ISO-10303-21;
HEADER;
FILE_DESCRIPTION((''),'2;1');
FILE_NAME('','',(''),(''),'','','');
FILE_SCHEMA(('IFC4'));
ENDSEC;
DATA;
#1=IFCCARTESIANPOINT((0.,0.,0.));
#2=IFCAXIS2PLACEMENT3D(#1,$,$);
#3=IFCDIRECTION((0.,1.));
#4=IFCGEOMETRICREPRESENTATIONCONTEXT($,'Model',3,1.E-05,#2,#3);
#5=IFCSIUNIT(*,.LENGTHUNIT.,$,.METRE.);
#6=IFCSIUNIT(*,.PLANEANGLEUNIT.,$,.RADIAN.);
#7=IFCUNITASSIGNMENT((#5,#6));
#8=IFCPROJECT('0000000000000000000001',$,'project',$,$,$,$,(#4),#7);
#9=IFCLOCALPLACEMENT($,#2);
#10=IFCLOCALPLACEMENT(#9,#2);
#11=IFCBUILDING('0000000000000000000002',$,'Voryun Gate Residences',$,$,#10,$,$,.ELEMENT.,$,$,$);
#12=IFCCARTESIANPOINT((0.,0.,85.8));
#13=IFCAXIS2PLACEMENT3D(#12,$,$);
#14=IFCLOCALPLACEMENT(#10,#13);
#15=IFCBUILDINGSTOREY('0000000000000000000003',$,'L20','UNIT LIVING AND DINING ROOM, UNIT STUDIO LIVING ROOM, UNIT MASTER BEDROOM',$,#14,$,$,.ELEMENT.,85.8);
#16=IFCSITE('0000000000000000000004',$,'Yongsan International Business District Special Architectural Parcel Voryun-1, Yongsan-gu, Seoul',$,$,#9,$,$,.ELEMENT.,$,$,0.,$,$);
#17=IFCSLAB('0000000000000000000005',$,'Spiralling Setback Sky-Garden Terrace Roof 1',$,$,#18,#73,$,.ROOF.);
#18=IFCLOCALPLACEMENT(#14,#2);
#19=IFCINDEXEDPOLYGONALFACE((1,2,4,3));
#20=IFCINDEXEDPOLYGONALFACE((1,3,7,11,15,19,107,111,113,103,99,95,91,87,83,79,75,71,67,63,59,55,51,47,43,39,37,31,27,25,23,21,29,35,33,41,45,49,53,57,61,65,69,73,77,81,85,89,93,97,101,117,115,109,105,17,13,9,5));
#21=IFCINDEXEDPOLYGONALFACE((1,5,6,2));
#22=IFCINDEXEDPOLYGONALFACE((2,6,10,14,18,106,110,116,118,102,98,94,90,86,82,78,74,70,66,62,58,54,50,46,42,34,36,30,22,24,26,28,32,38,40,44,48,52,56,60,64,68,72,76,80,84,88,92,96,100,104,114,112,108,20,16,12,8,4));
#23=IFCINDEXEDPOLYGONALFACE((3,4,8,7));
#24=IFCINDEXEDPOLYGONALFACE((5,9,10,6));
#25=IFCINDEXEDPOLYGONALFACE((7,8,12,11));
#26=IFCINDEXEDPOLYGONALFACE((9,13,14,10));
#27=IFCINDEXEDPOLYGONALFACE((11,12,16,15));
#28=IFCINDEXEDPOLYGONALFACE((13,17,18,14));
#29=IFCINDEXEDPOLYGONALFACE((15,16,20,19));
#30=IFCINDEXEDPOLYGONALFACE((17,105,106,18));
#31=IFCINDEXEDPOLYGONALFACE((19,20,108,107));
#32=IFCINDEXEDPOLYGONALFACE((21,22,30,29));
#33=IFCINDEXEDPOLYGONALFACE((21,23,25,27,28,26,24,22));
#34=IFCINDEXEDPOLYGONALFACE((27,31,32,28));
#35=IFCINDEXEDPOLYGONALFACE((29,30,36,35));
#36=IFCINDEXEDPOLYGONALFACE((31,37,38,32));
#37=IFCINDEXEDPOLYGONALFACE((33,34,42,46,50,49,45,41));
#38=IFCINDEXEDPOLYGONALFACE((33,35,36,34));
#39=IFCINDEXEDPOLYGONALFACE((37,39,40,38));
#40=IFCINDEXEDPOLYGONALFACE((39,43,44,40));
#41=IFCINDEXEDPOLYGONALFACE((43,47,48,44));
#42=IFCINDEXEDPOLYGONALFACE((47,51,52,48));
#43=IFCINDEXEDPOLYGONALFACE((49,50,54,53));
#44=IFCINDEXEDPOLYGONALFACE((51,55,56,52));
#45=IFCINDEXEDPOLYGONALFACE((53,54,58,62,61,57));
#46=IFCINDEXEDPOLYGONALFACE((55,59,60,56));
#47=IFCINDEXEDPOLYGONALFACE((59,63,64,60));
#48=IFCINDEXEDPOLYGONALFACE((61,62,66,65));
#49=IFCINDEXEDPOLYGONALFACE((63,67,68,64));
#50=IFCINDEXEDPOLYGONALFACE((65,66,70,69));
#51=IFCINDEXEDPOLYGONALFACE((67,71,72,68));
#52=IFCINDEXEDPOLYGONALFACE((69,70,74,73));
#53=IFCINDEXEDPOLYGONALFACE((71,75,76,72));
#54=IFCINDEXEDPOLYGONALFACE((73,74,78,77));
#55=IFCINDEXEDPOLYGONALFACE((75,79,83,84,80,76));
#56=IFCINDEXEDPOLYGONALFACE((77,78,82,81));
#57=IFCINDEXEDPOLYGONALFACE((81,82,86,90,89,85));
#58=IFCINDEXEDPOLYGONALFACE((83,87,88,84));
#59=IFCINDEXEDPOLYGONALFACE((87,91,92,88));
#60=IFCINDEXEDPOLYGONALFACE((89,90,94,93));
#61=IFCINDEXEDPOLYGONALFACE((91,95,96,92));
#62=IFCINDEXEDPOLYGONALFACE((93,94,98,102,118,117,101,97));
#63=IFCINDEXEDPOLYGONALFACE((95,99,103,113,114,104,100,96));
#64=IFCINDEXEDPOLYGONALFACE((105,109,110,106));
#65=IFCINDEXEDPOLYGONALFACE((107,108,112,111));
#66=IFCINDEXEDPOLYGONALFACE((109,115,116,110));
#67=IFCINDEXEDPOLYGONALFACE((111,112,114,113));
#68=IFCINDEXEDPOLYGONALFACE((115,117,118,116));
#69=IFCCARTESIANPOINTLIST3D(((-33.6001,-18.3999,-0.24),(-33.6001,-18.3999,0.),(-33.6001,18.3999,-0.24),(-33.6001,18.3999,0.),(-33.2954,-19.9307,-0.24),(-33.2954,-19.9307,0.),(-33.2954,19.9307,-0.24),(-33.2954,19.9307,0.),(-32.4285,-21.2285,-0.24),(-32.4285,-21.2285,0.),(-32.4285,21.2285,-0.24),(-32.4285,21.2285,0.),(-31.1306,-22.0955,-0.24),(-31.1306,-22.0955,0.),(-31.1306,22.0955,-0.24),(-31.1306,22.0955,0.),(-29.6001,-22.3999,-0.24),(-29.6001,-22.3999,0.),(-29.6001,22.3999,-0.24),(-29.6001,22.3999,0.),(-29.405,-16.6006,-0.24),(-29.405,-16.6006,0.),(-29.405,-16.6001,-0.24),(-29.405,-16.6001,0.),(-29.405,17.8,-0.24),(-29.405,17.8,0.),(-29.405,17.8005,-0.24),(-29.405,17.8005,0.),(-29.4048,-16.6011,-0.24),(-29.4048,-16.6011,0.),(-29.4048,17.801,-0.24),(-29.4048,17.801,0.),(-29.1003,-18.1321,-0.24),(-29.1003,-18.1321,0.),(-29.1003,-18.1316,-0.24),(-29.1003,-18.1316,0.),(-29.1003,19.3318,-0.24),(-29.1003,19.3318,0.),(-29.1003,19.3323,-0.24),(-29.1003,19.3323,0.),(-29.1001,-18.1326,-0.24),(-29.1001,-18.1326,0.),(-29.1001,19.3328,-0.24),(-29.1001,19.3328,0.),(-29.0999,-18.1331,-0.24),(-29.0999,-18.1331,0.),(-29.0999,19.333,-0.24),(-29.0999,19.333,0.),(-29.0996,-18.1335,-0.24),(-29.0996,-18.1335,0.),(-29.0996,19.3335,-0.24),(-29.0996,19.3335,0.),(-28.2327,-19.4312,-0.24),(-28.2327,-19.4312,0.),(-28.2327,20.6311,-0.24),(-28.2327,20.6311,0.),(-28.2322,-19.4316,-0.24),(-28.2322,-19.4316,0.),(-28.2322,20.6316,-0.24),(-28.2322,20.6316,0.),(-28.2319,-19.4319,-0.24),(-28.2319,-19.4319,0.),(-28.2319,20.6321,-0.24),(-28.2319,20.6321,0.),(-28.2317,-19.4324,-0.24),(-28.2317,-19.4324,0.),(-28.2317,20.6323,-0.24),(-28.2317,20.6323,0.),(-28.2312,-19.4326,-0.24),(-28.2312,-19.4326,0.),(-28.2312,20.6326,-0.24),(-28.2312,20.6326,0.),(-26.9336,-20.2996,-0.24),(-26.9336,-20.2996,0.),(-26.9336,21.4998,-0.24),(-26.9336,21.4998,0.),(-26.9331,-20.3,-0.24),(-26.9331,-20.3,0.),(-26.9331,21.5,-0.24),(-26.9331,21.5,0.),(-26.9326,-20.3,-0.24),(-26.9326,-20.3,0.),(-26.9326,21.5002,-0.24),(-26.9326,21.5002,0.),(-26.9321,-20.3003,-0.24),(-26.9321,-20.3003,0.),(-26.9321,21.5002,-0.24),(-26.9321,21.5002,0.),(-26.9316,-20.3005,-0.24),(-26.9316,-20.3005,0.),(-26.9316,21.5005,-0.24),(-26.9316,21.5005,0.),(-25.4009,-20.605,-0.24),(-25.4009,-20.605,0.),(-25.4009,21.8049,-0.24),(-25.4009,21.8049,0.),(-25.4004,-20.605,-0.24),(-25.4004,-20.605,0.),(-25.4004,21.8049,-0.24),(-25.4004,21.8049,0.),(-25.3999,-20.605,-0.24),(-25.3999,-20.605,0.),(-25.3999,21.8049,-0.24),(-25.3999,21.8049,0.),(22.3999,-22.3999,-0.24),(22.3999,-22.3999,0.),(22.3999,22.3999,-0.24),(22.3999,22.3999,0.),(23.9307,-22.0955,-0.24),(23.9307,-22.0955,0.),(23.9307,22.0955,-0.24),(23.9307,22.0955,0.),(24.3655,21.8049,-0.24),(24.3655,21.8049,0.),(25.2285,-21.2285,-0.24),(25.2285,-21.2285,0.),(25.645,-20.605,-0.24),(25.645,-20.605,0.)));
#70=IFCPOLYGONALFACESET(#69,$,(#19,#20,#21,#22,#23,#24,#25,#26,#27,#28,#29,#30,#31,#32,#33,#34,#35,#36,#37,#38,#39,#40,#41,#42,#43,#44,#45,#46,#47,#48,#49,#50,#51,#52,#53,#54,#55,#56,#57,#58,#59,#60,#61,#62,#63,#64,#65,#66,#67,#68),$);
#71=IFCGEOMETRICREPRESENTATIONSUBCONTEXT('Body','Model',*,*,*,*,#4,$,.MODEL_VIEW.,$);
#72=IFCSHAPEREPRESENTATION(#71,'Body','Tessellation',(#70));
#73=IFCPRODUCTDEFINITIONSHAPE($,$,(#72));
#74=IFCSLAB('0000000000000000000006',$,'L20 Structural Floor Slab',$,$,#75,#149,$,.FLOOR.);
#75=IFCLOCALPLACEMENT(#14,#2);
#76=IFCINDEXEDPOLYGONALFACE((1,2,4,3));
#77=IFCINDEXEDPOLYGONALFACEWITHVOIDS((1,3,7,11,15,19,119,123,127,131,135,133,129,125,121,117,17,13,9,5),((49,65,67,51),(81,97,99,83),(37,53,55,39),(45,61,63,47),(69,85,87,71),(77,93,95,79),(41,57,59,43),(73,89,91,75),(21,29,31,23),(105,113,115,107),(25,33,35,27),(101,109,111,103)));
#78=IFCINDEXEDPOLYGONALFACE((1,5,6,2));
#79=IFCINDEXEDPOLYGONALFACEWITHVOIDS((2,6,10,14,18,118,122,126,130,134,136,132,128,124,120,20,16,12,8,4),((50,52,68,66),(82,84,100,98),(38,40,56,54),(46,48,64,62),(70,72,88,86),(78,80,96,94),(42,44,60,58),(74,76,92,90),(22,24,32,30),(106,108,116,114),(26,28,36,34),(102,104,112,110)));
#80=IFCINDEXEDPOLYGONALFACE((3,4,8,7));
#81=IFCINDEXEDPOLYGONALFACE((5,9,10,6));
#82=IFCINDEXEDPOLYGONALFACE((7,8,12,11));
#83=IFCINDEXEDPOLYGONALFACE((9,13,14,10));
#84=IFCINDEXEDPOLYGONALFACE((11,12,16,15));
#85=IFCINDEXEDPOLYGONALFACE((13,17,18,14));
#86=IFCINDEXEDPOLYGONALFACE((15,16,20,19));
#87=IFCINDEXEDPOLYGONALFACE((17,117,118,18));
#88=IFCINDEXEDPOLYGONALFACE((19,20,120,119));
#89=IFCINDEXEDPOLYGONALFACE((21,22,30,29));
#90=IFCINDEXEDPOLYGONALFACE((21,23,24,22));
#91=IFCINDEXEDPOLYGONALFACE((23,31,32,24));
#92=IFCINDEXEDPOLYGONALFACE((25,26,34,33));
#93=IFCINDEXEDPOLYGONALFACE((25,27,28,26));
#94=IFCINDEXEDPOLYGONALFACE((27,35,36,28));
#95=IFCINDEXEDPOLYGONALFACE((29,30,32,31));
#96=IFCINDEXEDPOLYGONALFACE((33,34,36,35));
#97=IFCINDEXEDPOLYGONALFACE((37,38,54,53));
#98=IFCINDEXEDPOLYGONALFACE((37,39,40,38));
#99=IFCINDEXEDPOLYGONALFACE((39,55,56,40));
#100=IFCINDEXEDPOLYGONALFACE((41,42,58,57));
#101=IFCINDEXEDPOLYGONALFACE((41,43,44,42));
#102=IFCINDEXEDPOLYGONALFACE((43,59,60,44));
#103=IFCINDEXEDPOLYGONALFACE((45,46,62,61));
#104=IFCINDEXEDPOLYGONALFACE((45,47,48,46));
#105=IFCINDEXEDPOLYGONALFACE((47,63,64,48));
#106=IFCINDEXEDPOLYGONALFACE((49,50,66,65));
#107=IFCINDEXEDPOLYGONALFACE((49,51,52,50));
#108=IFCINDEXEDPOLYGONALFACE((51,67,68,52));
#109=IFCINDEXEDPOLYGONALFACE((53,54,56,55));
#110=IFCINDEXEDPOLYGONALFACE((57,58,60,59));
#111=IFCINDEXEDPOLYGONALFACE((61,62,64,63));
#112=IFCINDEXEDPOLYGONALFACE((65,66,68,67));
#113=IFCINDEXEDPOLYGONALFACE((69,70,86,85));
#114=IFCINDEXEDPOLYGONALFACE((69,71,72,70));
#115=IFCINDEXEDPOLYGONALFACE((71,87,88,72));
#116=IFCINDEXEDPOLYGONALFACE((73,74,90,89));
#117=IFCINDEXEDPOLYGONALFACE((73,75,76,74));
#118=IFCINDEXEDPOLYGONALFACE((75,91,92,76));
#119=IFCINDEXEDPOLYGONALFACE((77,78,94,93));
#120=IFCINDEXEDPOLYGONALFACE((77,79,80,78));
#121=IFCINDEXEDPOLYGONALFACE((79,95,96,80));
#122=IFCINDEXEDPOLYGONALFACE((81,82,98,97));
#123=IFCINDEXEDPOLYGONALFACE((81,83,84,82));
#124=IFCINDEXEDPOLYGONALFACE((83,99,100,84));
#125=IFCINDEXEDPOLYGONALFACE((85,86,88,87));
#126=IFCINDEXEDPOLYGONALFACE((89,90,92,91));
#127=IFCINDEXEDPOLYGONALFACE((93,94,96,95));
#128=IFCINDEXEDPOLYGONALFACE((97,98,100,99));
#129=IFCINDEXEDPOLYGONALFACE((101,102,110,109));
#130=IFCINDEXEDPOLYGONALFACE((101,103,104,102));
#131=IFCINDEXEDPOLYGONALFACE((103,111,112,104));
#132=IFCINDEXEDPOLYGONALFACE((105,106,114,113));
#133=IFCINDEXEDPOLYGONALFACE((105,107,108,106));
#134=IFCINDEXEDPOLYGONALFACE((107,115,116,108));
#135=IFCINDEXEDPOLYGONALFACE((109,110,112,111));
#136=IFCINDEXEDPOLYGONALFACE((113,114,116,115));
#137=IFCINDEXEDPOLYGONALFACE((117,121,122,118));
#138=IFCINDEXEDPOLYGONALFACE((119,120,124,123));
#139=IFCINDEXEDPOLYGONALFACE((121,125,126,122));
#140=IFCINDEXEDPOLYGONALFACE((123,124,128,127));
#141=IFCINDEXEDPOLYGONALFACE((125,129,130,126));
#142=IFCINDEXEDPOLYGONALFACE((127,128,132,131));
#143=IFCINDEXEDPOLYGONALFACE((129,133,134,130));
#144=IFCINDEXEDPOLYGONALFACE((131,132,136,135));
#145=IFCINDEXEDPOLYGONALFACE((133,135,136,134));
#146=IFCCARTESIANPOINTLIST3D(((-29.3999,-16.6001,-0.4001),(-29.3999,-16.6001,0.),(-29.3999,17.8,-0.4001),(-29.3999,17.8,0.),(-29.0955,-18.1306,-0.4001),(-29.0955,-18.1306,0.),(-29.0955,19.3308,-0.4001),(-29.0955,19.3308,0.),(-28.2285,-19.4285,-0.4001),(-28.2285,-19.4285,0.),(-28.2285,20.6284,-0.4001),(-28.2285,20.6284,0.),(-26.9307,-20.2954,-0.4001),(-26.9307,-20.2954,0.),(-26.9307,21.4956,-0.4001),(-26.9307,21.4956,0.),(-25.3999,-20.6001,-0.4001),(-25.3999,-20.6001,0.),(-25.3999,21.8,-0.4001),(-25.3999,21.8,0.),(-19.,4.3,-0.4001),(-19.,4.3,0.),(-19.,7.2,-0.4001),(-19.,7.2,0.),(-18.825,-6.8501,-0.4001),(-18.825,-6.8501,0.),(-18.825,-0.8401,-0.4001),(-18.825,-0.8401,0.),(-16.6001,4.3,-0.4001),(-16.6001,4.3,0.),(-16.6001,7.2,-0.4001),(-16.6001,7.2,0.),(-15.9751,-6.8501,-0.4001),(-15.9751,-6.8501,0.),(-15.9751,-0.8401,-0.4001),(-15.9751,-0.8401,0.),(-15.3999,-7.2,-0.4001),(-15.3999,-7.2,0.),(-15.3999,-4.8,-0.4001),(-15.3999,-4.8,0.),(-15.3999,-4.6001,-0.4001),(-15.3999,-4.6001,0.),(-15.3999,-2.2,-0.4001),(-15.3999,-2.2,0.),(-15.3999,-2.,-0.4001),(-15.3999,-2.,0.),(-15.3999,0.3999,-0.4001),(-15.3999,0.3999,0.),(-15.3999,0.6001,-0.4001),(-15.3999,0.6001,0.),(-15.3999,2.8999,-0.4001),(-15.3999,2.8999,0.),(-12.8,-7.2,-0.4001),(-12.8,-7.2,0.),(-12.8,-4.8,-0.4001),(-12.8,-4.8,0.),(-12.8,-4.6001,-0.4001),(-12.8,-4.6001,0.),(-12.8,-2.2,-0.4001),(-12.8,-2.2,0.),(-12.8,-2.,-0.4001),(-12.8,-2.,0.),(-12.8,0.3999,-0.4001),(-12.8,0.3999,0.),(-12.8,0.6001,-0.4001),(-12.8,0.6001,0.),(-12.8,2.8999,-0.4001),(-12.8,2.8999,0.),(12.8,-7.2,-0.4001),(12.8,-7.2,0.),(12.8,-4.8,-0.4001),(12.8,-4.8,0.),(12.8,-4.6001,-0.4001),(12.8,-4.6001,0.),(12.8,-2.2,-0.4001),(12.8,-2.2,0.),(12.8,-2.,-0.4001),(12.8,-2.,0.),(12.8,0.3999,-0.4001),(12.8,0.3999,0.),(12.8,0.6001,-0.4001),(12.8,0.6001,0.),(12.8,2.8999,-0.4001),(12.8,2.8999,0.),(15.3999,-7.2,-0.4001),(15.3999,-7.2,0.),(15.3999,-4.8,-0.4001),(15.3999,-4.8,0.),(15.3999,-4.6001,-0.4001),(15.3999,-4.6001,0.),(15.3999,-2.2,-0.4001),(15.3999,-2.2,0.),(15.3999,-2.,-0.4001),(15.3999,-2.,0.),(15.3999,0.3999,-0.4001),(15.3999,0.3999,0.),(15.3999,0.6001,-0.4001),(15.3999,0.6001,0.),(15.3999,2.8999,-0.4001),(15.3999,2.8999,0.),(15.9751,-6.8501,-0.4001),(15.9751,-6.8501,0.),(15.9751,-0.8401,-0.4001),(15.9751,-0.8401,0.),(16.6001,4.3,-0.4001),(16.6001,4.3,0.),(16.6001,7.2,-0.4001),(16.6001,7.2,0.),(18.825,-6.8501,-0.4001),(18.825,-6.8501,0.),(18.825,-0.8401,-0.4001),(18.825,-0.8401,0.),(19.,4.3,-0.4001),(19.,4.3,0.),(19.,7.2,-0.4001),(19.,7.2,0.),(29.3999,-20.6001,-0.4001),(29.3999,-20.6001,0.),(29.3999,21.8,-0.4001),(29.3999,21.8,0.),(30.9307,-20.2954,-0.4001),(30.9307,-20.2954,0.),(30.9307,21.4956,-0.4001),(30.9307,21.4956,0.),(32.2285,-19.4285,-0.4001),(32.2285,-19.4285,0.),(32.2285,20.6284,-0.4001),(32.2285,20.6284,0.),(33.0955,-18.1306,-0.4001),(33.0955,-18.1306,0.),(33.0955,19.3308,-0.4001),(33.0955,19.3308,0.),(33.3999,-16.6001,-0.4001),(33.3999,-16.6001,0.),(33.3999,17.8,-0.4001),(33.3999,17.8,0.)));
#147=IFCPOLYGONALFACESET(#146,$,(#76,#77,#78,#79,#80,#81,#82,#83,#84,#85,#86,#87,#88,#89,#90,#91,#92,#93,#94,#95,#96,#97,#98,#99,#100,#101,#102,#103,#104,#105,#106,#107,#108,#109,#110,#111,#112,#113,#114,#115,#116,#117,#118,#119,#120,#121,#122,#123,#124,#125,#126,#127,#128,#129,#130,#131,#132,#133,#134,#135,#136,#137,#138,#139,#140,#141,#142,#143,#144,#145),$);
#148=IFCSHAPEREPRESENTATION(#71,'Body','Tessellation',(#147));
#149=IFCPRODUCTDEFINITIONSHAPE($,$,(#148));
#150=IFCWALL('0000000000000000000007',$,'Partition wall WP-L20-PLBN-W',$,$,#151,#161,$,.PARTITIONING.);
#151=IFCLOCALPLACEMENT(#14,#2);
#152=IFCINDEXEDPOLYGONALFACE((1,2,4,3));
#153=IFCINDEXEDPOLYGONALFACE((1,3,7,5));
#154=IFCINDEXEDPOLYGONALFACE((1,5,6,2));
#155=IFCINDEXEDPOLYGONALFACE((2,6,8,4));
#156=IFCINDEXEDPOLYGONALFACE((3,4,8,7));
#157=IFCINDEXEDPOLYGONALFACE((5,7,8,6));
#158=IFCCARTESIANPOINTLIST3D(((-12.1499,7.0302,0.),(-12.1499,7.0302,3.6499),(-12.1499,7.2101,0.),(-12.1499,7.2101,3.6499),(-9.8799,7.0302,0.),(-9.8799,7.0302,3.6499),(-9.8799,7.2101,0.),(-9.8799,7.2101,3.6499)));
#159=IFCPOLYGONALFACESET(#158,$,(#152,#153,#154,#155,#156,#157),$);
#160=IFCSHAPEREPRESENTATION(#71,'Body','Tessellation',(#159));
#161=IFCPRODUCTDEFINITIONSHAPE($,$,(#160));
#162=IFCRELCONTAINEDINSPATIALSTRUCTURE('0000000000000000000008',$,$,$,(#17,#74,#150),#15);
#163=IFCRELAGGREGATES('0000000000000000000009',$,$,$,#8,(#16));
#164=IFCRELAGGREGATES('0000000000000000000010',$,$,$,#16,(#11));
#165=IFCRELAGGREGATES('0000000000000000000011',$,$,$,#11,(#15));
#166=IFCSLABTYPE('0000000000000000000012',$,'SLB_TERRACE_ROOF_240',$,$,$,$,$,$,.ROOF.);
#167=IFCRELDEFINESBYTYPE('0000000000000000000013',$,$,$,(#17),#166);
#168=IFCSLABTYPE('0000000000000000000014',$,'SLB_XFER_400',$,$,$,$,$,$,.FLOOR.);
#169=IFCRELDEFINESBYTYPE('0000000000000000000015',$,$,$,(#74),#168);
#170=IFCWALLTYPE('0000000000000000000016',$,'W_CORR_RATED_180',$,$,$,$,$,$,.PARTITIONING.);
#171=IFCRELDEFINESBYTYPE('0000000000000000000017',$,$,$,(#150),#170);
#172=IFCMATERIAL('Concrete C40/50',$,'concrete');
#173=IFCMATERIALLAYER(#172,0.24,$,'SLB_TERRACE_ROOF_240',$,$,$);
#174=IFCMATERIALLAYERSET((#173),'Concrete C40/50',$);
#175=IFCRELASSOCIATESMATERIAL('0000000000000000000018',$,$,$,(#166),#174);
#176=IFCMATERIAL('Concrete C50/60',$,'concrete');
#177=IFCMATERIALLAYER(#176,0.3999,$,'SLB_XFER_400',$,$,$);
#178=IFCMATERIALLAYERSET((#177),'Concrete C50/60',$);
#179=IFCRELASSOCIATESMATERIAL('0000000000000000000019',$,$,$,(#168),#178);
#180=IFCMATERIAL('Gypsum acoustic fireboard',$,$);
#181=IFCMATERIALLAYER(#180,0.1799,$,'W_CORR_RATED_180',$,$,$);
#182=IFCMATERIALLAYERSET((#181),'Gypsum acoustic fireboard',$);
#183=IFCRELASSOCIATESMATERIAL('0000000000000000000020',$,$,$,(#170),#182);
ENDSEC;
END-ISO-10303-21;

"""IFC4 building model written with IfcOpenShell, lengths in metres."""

from ifc_helpers import new_model, si_unit, direction, frame, frame_2d, origin, place, context, subcontext, project, spatial, polyline, rectangle, outline, extrude, material, layer, layer_set, type_object, element, save


model = new_model("IFC4")

# Units and contexts
model_context = context("Model", 3, precision=1e-05, world=origin(), true_north=direction((0.0, 1.0)))
body_context = subcontext(model_context, "Body", "Model", "MODEL_VIEW")
ifc_project = project(units=[si_unit("LENGTHUNIT", "METRE"), si_unit("PLANEANGLEUNIT", "RADIAN")], contexts=[model_context])

# Site, building, storey
site_placement = place(None, origin())
site = spatial("IfcSite", under=ifc_project, at=site_placement, Name="Yongsan International Business District Special Architectural Parcel Voryun-1, Yongsan-gu, Seoul", CompositionType="ELEMENT", RefElevation=0.0)
building_placement = place(site_placement, origin())
building = spatial("IfcBuilding", under=site, at=building_placement, Name="Voryun Gate Residences", CompositionType="ELEMENT")
storey_placement = place(building_placement, frame((0.0, 0.0, 85.8)))
storey = spatial("IfcBuildingStorey", under=building, at=storey_placement, Name="L20", Description="UNIT LIVING AND DINING ROOM, UNIT STUDIO LIVING ROOM, UNIT MASTER BEDROOM", CompositionType="ELEMENT", Elevation=85.8)

# Slabs
ifc_material_1 = material(Name="Concrete C40/50", Category="concrete")
ifc_layer_1 = layer(ifc_material_1, 0.24, Name="SLB_TERRACE_ROOF_240")
ifc_layer_set_1 = layer_set([ifc_layer_1], Name="Concrete C40/50")
slab_type_1 = type_object("IfcSlabType", Name="SLB_TERRACE_ROOF_240", PredefinedType="ROOF", material=ifc_layer_set_1)
slab_1_placement = place(storey_placement, frame((0.0, 0.0, -0.24)))
element("IfcSlab", 1, at=slab_1_placement, inside=storey, type_object=slab_type_1, Name="Spiralling Setback Sky-Garden Terrace Roof 1", PredefinedType="ROOF", context=body_context, shape_type="SweptSolid", body=[
    extrude(outline(polyline([(25.2285, -21.2285), (23.9307, -22.0955), (22.3999, -22.3999), (-29.6001, -22.3999), (-31.1306, -22.0955), (-32.4285, -21.2285), (-33.2954, -19.9307), (-33.6001, -18.3999), (-33.6001, 18.3999), (-33.2954, 19.9307), (-32.4285, 21.2285), (-31.1306, 22.0955), (-29.6001, 22.3999), (22.3999, 22.3999), (23.9307, 22.0955), (24.3655, 21.8049), (-25.3999, 21.8049), (-25.4004, 21.8049), (-25.4009, 21.8049), (-26.9316, 21.5005), (-26.9321, 21.5002), (-26.9326, 21.5002), (-26.9331, 21.5), (-26.9336, 21.4998), (-28.2312, 20.6326), (-28.2317, 20.6323), (-28.2319, 20.6321), (-28.2322, 20.6316), (-28.2327, 20.6311), (-29.0996, 19.3335), (-29.0999, 19.333), (-29.1001, 19.3328), (-29.1003, 19.3323), (-29.1003, 19.3318), (-29.4048, 17.801), (-29.405, 17.8005), (-29.405, 17.8), (-29.405, -16.6001), (-29.405, -16.6006), (-29.4048, -16.6011), (-29.1003, -18.1316), (-29.1003, -18.1321), (-29.1001, -18.1326), (-29.0999, -18.1331), (-29.0996, -18.1335), (-28.2327, -19.4312), (-28.2322, -19.4316), (-28.2319, -19.4319), (-28.2317, -19.4324), (-28.2312, -19.4326), (-26.9336, -20.2996), (-26.9331, -20.3), (-26.9326, -20.3), (-26.9321, -20.3003), (-26.9316, -20.3005), (-25.4009, -20.605), (-25.4004, -20.605), (-25.3999, -20.605), (25.645, -20.605), (25.2285, -21.2285)])), origin(), (0.0, 0.0, 1.0), 0.24),
])
ifc_material_2 = material(Name="Concrete C50/60", Category="concrete")
ifc_layer_2 = layer(ifc_material_2, 0.3999, Name="SLB_XFER_400")
ifc_layer_set_2 = layer_set([ifc_layer_2], Name="Concrete C50/60")
slab_type_2 = type_object("IfcSlabType", Name="SLB_XFER_400", PredefinedType="FLOOR", material=ifc_layer_set_2)
slab_2_placement = place(storey_placement, frame((0.0, 0.0, -0.4001)))
element("IfcSlab", 2, at=slab_2_placement, inside=storey, type_object=slab_type_2, Name="L20 Structural Floor Slab", PredefinedType="FLOOR", context=body_context, shape_type="SweptSolid", body=[
    extrude(outline(polyline([(-25.3999, -20.6001), (-26.9307, -20.2954), (-28.2285, -19.4285), (-29.0955, -18.1306), (-29.3999, -16.6001), (-29.3999, 17.8), (-29.0955, 19.3308), (-28.2285, 20.6284), (-26.9307, 21.4956), (-25.3999, 21.8), (29.3999, 21.8), (30.9307, 21.4956), (32.2285, 20.6284), (33.0955, 19.3308), (33.3999, 17.8), (33.3999, -16.6001), (33.0955, -18.1306), (32.2285, -19.4285), (30.9307, -20.2954), (29.3999, -20.6001), (-25.3999, -20.6001)]), holes=[polyline([(-12.8, -4.8), (-15.3999, -4.8), (-15.3999, -7.2), (-12.8, -7.2), (-12.8, -4.8)]), polyline([(-18.825, -6.8501), (-15.9751, -6.8501), (-15.9751, -0.8401), (-18.825, -0.8401), (-18.825, -6.8501)]), polyline([(-12.8, -4.6001), (-12.8, -2.2), (-15.3999, -2.2), (-15.3999, -4.6001), (-12.8, -4.6001)]), polyline([(-12.8, 0.3999), (-15.3999, 0.3999), (-15.3999, -2.0), (-12.8, -2.0), (-12.8, 0.3999)]), polyline([(-12.8, 0.6001), (-12.8, 2.8999), (-15.3999, 2.8999), (-15.3999, 0.6001), (-12.8, 0.6001)]), polyline([(-16.6001, 4.3), (-16.6001, 7.2), (-19.0, 7.2), (-19.0, 4.3), (-16.6001, 4.3)]), polyline([(15.3999, -4.8), (12.8, -4.8), (12.8, -7.2), (15.3999, -7.2), (15.3999, -4.8)]), polyline([(15.9751, -6.8501), (18.825, -6.8501), (18.825, -0.8401), (15.9751, -0.8401), (15.9751, -6.8501)]), polyline([(15.3999, -4.6001), (15.3999, -2.2), (12.8, -2.2), (12.8, -4.6001), (15.3999, -4.6001)]), polyline([(15.3999, 0.3999), (12.8, 0.3999), (12.8, -2.0), (15.3999, -2.0), (15.3999, 0.3999)]), polyline([(15.3999, 0.6001), (15.3999, 2.8999), (12.8, 2.8999), (12.8, 0.6001), (15.3999, 0.6001)]), polyline([(19.0, 4.3), (19.0, 7.2), (16.6001, 7.2), (16.6001, 4.3), (19.0, 4.3)])]), origin(), (0.0, 0.0, 1.0), 0.4001),
])

# Wall
ifc_material_3 = material(Name="Gypsum acoustic fireboard")
ifc_layer_3 = layer(ifc_material_3, 0.1799, Name="W_CORR_RATED_180")
ifc_layer_set_3 = layer_set([ifc_layer_3], Name="Gypsum acoustic fireboard")
wall_type_1 = type_object("IfcWallType", Name="W_CORR_RATED_180", PredefinedType="PARTITIONING", material=ifc_layer_set_3)
wall_1_placement = place(storey_placement, frame((-12.1499, 7.1201, 0.0), z_axis=(0.0, 0.0, 1.0), x_axis=(1.0, 0.0, 0.0)))
element("IfcWall", 3, at=wall_1_placement, inside=storey, type_object=wall_type_1, Name="Partition wall WP-L20-PLBN-W", PredefinedType="PARTITIONING", context=body_context, shape_type="SweptSolid", body=[
    extrude(rectangle(XDim=2.27, YDim=0.1799, at=frame_2d((1.135, 0.0))), origin(), (0.0, 0.0, 1.0), 3.6499),
])

save(model, "model.ifc")
